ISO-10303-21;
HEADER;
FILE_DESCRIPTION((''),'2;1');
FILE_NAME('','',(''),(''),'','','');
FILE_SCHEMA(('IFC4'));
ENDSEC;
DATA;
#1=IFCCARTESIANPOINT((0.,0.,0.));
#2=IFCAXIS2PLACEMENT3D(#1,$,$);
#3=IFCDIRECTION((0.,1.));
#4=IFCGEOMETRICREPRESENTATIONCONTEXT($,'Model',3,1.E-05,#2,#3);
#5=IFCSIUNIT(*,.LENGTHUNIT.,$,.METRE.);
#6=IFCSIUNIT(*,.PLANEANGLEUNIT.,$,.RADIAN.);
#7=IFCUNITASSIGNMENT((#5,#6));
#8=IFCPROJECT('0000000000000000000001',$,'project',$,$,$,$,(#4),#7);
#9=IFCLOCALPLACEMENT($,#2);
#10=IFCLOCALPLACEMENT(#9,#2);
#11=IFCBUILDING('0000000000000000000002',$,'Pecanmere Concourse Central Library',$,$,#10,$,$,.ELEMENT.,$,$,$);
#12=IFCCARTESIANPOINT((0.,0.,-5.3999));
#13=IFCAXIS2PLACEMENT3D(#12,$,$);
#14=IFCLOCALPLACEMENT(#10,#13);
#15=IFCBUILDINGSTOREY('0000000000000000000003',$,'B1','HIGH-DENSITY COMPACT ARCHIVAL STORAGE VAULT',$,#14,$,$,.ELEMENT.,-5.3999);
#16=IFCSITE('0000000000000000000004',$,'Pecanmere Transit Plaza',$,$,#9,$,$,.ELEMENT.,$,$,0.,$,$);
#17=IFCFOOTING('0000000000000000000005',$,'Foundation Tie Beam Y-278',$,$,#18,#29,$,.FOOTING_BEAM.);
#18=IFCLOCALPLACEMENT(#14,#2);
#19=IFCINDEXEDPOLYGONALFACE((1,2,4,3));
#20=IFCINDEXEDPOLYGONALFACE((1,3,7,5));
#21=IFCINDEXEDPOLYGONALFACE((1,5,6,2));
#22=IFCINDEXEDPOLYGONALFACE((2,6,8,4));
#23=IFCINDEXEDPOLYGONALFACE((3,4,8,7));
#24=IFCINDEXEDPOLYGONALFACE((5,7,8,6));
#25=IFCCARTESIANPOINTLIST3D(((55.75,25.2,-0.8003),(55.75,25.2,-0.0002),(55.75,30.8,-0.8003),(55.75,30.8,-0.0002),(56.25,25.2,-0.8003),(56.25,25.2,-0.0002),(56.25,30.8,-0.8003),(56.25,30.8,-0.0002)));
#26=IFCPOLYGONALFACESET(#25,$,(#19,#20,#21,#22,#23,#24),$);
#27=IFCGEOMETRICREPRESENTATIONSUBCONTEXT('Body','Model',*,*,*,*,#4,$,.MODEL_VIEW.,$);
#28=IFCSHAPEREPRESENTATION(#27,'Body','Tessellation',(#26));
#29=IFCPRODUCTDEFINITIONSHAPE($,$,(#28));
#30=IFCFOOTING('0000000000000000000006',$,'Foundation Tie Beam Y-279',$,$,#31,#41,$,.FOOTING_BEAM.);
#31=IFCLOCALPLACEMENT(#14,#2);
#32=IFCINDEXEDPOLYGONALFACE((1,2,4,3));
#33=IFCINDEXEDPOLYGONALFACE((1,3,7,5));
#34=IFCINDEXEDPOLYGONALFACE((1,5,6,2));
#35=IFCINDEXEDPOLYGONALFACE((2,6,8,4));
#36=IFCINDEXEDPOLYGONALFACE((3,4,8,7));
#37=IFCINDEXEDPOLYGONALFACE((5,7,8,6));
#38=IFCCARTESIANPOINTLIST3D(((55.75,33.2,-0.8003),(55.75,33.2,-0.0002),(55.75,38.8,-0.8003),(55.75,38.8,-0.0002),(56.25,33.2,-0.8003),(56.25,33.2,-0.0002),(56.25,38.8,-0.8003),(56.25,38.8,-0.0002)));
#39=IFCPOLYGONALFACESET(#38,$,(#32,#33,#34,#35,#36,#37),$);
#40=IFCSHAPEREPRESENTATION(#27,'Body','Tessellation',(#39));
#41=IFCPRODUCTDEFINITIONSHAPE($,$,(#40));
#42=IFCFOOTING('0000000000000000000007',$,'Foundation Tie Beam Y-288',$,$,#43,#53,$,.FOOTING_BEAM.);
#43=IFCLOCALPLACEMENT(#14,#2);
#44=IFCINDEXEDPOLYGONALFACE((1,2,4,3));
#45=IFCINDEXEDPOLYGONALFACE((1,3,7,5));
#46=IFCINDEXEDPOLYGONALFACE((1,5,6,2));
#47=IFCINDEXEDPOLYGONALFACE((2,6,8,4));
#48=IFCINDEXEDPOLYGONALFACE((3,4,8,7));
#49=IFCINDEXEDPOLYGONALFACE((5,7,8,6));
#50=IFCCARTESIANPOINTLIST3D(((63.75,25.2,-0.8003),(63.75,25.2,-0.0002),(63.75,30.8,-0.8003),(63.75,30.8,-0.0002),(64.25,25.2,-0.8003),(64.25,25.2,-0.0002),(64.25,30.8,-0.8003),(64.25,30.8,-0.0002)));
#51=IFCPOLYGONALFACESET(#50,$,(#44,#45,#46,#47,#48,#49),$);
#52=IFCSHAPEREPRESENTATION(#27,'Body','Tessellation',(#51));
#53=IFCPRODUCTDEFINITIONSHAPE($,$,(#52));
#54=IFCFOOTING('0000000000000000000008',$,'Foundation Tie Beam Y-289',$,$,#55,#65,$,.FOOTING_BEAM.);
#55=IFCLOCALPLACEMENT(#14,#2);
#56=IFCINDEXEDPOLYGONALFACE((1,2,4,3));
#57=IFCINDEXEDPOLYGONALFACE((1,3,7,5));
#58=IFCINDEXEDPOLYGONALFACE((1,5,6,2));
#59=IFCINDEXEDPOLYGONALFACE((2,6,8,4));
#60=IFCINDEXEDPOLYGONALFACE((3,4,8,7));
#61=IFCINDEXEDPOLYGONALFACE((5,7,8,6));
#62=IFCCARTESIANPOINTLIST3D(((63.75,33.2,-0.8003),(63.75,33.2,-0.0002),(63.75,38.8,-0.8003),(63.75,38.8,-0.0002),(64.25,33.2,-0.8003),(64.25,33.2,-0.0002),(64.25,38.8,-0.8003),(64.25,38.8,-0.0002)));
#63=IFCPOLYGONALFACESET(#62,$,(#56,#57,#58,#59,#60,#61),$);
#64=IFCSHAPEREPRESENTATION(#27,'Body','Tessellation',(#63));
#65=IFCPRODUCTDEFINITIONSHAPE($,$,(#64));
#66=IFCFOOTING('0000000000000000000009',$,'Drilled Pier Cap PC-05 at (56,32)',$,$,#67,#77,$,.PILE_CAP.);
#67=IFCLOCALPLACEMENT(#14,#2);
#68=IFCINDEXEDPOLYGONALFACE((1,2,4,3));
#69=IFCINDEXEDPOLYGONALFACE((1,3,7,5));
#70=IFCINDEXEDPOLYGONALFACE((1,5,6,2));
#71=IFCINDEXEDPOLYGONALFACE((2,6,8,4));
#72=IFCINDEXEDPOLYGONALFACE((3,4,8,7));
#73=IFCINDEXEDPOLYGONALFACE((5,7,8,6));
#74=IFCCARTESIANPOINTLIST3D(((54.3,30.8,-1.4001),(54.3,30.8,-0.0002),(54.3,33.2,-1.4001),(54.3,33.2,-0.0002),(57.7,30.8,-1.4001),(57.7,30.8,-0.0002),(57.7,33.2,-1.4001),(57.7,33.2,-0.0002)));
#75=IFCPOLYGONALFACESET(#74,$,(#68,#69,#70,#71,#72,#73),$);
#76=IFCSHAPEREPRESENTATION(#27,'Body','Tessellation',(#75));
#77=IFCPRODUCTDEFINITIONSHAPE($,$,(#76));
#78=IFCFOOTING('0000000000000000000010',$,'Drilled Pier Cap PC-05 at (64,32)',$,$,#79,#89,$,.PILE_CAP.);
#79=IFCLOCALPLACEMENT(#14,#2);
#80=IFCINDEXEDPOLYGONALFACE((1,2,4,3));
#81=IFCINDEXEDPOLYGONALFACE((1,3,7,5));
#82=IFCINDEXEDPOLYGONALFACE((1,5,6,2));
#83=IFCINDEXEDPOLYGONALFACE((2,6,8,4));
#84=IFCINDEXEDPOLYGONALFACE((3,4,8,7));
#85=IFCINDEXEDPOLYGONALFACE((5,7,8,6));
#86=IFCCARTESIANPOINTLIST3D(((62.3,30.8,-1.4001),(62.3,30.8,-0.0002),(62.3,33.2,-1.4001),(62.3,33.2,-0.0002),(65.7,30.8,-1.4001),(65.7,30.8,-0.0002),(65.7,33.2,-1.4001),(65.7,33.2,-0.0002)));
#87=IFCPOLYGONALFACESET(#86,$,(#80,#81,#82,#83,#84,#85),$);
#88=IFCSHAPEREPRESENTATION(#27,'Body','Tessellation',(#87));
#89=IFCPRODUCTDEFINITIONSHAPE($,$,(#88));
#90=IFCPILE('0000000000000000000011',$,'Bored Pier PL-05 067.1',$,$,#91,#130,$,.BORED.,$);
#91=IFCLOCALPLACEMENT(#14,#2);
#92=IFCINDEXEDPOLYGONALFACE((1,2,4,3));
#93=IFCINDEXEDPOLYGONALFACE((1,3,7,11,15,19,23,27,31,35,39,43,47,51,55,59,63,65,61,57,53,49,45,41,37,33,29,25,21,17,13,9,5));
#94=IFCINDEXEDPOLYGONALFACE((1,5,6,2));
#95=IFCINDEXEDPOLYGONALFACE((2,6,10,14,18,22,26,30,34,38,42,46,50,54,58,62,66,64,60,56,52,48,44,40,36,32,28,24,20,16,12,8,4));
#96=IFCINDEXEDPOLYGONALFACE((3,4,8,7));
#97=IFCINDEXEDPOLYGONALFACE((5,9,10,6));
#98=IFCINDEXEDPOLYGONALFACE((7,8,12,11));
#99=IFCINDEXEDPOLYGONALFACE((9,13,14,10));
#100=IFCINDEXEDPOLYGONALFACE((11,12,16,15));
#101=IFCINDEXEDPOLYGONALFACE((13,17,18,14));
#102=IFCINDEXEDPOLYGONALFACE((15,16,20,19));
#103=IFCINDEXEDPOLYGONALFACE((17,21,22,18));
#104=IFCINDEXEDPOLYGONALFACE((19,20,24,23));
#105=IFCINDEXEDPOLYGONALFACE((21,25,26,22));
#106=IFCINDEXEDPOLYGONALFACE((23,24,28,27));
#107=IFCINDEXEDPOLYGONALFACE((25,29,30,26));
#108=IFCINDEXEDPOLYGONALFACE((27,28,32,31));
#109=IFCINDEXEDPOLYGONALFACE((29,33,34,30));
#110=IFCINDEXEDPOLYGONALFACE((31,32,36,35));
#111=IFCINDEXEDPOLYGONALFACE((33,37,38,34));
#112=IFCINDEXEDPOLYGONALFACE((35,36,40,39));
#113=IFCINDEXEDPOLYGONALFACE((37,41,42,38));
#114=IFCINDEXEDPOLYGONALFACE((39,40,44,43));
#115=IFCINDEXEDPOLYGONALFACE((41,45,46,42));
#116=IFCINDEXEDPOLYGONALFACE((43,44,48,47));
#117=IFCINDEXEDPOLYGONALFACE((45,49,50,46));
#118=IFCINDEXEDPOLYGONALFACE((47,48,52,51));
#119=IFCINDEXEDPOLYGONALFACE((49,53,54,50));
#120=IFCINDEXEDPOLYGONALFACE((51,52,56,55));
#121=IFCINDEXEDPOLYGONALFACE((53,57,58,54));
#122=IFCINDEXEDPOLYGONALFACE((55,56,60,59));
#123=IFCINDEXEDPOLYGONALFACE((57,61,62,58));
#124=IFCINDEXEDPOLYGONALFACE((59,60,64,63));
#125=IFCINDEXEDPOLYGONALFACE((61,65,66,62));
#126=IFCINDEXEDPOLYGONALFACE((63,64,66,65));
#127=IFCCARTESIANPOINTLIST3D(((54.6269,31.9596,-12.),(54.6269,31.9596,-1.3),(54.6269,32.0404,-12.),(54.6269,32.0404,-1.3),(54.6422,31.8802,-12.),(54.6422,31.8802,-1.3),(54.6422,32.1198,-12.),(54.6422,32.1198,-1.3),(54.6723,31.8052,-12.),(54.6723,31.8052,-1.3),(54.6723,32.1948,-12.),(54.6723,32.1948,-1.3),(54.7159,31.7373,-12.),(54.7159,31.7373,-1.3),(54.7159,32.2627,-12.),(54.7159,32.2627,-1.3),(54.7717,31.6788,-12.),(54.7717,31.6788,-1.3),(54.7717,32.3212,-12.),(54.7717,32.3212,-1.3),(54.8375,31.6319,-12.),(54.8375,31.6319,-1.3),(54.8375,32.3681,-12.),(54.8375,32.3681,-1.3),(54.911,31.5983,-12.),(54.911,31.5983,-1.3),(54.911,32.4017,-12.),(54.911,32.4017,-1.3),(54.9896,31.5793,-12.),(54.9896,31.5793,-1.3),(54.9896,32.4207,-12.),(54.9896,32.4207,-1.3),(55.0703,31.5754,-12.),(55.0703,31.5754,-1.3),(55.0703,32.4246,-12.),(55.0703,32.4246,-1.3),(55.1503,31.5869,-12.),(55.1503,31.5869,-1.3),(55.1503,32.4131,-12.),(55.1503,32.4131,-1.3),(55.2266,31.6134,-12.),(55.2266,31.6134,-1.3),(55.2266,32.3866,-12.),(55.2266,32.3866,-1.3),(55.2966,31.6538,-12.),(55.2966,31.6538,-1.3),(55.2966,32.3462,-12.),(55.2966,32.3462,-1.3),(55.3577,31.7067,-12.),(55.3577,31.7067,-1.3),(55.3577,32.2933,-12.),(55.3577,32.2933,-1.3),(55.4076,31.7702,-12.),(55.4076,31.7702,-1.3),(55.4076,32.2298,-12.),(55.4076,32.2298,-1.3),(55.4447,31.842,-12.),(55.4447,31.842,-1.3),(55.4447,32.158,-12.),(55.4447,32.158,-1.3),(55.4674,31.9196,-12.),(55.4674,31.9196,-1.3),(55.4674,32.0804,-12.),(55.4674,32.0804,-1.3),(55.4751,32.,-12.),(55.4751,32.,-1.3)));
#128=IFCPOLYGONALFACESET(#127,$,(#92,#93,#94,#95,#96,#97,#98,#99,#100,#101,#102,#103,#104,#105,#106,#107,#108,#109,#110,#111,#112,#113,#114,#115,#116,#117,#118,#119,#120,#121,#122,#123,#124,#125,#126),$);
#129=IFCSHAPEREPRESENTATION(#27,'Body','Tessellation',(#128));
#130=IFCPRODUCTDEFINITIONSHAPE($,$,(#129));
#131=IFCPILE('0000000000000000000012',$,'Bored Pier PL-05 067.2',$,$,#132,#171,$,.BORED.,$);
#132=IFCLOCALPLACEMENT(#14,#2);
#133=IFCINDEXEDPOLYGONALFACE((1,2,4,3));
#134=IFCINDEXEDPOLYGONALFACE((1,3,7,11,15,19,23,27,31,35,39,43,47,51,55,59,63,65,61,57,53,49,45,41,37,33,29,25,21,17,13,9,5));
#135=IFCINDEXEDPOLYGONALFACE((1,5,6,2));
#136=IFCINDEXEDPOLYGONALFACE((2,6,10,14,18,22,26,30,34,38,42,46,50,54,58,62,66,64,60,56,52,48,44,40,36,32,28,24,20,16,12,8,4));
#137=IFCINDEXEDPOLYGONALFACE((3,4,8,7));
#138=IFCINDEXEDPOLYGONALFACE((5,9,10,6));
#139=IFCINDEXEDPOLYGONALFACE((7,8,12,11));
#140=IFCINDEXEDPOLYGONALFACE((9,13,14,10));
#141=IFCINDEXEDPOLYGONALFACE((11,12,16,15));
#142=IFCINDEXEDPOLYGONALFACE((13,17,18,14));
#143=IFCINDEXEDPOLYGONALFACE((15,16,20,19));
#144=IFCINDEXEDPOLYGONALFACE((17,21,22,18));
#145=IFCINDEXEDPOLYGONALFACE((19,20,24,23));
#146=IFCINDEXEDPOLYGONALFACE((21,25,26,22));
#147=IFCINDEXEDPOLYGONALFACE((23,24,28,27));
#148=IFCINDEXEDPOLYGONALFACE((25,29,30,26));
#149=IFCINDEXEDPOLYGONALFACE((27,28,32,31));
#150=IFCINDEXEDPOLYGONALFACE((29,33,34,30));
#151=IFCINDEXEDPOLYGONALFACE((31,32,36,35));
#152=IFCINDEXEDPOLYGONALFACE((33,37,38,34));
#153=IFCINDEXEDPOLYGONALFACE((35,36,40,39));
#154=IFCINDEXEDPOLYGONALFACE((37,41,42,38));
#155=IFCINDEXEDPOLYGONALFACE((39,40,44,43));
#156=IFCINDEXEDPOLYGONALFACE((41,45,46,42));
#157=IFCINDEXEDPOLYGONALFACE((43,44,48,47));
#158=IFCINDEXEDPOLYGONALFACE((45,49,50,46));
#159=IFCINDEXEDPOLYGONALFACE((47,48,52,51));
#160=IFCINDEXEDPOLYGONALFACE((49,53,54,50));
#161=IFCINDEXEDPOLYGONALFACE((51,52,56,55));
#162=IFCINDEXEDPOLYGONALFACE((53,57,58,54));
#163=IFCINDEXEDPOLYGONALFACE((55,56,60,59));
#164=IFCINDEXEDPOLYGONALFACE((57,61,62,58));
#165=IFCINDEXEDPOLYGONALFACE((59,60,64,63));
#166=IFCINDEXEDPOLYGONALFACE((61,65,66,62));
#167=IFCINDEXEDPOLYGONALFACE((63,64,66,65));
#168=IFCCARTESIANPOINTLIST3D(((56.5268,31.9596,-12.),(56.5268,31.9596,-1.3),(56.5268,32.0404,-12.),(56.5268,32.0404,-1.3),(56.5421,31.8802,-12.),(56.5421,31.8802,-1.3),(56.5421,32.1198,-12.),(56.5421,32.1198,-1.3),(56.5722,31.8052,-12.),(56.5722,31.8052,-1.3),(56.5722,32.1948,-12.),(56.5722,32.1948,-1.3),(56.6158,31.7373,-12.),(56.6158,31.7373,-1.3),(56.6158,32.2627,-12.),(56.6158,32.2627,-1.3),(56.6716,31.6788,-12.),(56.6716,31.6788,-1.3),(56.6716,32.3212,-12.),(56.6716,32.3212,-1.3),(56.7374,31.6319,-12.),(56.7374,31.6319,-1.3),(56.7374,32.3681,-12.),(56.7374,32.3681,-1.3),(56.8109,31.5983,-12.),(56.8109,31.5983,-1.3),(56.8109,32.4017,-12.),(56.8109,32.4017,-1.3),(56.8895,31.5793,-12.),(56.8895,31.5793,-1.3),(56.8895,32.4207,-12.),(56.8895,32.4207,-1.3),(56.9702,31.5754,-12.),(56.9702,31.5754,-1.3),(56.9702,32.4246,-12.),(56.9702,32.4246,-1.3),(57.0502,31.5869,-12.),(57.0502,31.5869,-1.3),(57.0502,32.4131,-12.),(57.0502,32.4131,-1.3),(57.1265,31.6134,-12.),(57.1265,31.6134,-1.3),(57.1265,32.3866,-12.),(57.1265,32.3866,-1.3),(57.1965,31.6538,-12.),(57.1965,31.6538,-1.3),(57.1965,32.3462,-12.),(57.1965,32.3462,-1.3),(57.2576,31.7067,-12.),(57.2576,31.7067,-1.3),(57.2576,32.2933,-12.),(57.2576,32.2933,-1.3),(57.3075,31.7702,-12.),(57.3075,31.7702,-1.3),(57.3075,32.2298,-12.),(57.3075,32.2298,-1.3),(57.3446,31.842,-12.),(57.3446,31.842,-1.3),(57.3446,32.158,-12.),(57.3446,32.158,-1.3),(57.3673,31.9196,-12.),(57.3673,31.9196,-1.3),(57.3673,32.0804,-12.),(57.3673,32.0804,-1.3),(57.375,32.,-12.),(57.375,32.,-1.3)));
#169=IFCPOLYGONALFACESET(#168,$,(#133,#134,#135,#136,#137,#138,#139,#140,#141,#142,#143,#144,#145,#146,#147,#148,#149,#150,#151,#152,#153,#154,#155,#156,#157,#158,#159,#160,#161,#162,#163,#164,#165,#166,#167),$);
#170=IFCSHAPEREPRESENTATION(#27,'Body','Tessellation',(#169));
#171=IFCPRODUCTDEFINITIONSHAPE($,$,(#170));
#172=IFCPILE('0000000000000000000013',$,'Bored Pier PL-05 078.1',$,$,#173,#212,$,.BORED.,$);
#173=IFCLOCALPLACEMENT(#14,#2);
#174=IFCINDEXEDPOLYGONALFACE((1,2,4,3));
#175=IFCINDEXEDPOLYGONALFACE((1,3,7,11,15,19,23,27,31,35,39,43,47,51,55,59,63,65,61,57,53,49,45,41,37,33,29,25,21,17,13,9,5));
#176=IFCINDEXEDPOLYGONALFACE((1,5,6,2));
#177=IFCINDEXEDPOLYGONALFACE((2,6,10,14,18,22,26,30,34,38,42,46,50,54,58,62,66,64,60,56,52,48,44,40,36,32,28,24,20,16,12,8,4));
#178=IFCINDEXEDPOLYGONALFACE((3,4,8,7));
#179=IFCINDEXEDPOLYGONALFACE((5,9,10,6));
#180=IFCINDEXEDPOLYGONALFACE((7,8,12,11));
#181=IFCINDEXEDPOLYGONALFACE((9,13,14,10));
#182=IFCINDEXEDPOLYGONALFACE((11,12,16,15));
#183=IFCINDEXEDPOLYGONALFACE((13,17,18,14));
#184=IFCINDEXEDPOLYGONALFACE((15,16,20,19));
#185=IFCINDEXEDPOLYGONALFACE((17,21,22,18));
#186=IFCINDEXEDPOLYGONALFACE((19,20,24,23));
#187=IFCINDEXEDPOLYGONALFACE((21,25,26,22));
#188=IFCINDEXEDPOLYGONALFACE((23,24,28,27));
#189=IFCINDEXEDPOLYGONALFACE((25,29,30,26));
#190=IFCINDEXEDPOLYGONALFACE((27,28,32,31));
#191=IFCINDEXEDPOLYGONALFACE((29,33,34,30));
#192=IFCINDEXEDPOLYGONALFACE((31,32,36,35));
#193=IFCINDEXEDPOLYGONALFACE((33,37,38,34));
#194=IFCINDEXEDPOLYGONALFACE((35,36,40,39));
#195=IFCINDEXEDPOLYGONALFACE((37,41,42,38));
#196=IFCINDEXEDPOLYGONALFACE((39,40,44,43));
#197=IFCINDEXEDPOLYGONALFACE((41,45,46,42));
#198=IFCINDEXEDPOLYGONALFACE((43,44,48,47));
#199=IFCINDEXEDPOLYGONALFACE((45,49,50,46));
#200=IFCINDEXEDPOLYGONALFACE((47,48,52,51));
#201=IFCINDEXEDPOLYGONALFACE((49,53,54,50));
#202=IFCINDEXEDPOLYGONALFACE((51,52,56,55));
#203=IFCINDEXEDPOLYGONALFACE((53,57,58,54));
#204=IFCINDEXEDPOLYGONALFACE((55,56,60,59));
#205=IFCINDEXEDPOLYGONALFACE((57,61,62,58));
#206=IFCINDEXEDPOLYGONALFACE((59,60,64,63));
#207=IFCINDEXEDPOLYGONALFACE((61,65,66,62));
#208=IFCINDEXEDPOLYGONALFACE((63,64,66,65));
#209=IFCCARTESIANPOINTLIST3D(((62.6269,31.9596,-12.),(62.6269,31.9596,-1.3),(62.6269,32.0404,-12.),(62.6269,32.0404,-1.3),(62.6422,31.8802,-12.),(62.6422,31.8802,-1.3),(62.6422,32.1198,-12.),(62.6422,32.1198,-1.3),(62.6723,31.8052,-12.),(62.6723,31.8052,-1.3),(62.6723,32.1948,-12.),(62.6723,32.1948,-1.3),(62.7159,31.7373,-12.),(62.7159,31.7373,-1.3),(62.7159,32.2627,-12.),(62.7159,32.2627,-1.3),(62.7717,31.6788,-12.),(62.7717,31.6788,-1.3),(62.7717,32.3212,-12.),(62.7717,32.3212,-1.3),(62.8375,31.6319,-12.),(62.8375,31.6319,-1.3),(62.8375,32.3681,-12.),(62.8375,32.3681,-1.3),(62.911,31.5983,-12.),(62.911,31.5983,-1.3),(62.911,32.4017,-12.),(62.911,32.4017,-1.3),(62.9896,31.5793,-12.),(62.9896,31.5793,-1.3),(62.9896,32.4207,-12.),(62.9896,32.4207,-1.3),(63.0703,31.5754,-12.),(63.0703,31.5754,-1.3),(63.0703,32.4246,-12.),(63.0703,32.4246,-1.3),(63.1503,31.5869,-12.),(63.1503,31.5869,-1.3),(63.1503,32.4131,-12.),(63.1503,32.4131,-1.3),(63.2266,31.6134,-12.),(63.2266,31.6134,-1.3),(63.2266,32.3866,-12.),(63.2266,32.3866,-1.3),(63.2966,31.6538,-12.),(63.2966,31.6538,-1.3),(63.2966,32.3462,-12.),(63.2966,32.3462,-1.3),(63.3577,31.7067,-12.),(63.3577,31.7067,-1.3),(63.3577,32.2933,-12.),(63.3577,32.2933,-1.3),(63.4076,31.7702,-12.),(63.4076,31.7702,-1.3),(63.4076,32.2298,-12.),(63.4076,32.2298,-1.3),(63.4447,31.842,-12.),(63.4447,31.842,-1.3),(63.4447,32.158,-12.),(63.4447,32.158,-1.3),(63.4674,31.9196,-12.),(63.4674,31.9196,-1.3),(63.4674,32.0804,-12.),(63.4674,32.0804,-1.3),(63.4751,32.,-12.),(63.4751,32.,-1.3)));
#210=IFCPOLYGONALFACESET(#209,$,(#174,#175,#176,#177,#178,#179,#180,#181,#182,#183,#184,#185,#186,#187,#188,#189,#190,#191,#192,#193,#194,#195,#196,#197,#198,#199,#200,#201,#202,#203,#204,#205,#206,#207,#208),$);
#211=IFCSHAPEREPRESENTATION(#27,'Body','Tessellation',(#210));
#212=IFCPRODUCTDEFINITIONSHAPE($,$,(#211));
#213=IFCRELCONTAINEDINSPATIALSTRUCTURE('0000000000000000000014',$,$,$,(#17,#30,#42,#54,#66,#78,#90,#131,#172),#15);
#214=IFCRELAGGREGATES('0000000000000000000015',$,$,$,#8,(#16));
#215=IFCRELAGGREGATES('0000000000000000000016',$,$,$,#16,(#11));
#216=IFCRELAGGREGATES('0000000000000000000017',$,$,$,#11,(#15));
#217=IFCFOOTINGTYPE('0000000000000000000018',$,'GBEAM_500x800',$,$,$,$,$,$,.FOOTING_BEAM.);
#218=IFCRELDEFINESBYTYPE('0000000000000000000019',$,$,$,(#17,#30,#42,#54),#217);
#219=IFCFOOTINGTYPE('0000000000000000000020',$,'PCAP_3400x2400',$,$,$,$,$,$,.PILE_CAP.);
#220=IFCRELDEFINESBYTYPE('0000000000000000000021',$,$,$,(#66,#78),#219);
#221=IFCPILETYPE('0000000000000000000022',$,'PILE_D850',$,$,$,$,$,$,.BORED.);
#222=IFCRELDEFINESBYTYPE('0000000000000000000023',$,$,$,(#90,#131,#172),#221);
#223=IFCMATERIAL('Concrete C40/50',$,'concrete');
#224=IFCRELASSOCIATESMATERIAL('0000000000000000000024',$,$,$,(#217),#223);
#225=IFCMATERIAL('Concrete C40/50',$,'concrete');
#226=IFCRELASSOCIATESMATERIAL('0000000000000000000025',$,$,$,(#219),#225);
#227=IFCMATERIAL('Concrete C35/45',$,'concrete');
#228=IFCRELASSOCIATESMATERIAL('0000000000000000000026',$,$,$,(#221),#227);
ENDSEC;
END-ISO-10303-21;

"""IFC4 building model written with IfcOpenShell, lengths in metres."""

from ifc_helpers import new_model, si_unit, direction, frame, origin, origin_2d, place, context, subcontext, project, spatial, rectangle, circle, extrude, material, material_profile, profile_set, type_object, element, save


model = new_model("IFC4")

# Units and contexts
model_context = context("Model", 3, precision=1e-05, world=origin(), true_north=direction((0.0, 1.0)))
body_context = subcontext(model_context, "Body", "Model", "MODEL_VIEW")
ifc_project = project(units=[si_unit("LENGTHUNIT", "METRE"), si_unit("PLANEANGLEUNIT", "RADIAN")], contexts=[model_context])

# Site, building, storey
site_placement = place(None, origin())
site = spatial("IfcSite", under=ifc_project, at=site_placement, Name="Pecanmere Transit Plaza", CompositionType="ELEMENT", RefElevation=0.0)
building_placement = place(site_placement, origin())
building = spatial("IfcBuilding", under=site, at=building_placement, Name="Pecanmere Concourse Central Library", CompositionType="ELEMENT")
storey_placement = place(building_placement, frame((0.0, 0.0, -5.3999)))
storey = spatial("IfcBuildingStorey", under=building, at=storey_placement, Name="B1", Description="HIGH-DENSITY COMPACT ARCHIVAL STORAGE VAULT", CompositionType="ELEMENT", Elevation=-5.3999)

# Footings
ifc_material_1 = material(Name="Concrete C40/50", Category="concrete")
ifc_material_profile_1 = material_profile(ifc_material_1, rectangle(XDim=0.5, YDim=0.8, at=origin_2d()), Name="RC 500x800")
ifc_profile_set_1 = profile_set([ifc_material_profile_1], Name="Concrete C40/50")
footing_type_1 = type_object("IfcFootingType", Name="GBEAM_500x800", PredefinedType="FOOTING_BEAM", material=ifc_profile_set_1)
for number, where, z_axis, x_axis, name in (
    (1, (56.0, 28.0, -0.8003), (0.0, 0.0, 1.0), (0.0, 1.0, 0.0), "Foundation Tie Beam Y-278"),
    (2, (56.0, 36.0, -0.8003), (0.0, 0.0, 1.0), (0.0, 1.0, 0.0), "Foundation Tie Beam Y-279"),
    (3, (64.0, 28.0, -0.8003), (0.0, 0.0, 1.0), (0.0, 1.0, 0.0), "Foundation Tie Beam Y-288"),
    (4, (64.0, 36.0, -0.8003), (0.0, 0.0, 1.0), (0.0, 1.0, 0.0), "Foundation Tie Beam Y-289"),
):
    element("IfcFooting", number, at=place(storey_placement, frame(where, z_axis=z_axis, x_axis=x_axis)), inside=storey, type_object=footing_type_1, Name=name, PredefinedType="FOOTING_BEAM", context=body_context, shape_type="SweptSolid", body=[
        extrude(rectangle(XDim=5.6001, YDim=0.5, at=origin_2d()), origin(), (0.0, 0.0, 1.0), 0.8),
    ])
ifc_material_2 = material(Name="Concrete C40/50", Category="concrete")
footing_type_2 = type_object("IfcFootingType", Name="PCAP_3400x2400", PredefinedType="PILE_CAP", material=ifc_material_2)
for number, where, z_axis, x_axis, name in (
    (5, (56.0, 32.0, -1.4001), (0.0, 0.0, 1.0), (1.0, 0.0, 0.0), "Drilled Pier Cap PC-05 at (56,32)"),
    (6, (64.0, 32.0, -1.4001), (0.0, 0.0, 1.0), (1.0, 0.0, 0.0), "Drilled Pier Cap PC-05 at (64,32)"),
):
    element("IfcFooting", number, at=place(storey_placement, frame(where, z_axis=z_axis, x_axis=x_axis)), inside=storey, type_object=footing_type_2, Name=name, PredefinedType="PILE_CAP", context=body_context, shape_type="SweptSolid", body=[
        extrude(rectangle(XDim=3.3999, YDim=2.3999, at=origin_2d()), origin(), (0.0, 0.0, 1.0), 1.3999),
    ])

# Piles
ifc_material_3 = material(Name="Concrete C35/45", Category="concrete")
ifc_material_profile_2 = material_profile(ifc_material_3, circle(Radius=0.425, at=origin_2d()), Name="PIER D850")
ifc_profile_set_2 = profile_set([ifc_material_profile_2], Name="Concrete C35/45")
pile_type = type_object("IfcPileType", Name="PILE_D850", PredefinedType="BORED", material=ifc_profile_set_2)
for number, where, z_axis, x_axis, name in (
    (7, (55.05, 32.0, -1.3), (0.0, 0.0, -1.0), (1.0, 0.0, 0.0), "Bored Pier PL-05 067.1"),
    (8, (56.95, 32.0, -1.3), (0.0, 0.0, -1.0), (1.0, 0.0, 0.0), "Bored Pier PL-05 067.2"),
    (9, (63.05, 32.0, -1.3), (0.0, 0.0, -1.0), (1.0, 0.0, 0.0), "Bored Pier PL-05 078.1"),
):
    element("IfcPile", number, at=place(storey_placement, frame(where, z_axis=z_axis, x_axis=x_axis)), inside=storey, type_object=pile_type, Name=name, PredefinedType="BORED", context=body_context, shape_type="SweptSolid", body=[
        extrude(circle(Radius=0.425, at=origin_2d()), origin(), (0.0, 0.0, 1.0), 10.7),
    ])

save(model, "model.ifc")
